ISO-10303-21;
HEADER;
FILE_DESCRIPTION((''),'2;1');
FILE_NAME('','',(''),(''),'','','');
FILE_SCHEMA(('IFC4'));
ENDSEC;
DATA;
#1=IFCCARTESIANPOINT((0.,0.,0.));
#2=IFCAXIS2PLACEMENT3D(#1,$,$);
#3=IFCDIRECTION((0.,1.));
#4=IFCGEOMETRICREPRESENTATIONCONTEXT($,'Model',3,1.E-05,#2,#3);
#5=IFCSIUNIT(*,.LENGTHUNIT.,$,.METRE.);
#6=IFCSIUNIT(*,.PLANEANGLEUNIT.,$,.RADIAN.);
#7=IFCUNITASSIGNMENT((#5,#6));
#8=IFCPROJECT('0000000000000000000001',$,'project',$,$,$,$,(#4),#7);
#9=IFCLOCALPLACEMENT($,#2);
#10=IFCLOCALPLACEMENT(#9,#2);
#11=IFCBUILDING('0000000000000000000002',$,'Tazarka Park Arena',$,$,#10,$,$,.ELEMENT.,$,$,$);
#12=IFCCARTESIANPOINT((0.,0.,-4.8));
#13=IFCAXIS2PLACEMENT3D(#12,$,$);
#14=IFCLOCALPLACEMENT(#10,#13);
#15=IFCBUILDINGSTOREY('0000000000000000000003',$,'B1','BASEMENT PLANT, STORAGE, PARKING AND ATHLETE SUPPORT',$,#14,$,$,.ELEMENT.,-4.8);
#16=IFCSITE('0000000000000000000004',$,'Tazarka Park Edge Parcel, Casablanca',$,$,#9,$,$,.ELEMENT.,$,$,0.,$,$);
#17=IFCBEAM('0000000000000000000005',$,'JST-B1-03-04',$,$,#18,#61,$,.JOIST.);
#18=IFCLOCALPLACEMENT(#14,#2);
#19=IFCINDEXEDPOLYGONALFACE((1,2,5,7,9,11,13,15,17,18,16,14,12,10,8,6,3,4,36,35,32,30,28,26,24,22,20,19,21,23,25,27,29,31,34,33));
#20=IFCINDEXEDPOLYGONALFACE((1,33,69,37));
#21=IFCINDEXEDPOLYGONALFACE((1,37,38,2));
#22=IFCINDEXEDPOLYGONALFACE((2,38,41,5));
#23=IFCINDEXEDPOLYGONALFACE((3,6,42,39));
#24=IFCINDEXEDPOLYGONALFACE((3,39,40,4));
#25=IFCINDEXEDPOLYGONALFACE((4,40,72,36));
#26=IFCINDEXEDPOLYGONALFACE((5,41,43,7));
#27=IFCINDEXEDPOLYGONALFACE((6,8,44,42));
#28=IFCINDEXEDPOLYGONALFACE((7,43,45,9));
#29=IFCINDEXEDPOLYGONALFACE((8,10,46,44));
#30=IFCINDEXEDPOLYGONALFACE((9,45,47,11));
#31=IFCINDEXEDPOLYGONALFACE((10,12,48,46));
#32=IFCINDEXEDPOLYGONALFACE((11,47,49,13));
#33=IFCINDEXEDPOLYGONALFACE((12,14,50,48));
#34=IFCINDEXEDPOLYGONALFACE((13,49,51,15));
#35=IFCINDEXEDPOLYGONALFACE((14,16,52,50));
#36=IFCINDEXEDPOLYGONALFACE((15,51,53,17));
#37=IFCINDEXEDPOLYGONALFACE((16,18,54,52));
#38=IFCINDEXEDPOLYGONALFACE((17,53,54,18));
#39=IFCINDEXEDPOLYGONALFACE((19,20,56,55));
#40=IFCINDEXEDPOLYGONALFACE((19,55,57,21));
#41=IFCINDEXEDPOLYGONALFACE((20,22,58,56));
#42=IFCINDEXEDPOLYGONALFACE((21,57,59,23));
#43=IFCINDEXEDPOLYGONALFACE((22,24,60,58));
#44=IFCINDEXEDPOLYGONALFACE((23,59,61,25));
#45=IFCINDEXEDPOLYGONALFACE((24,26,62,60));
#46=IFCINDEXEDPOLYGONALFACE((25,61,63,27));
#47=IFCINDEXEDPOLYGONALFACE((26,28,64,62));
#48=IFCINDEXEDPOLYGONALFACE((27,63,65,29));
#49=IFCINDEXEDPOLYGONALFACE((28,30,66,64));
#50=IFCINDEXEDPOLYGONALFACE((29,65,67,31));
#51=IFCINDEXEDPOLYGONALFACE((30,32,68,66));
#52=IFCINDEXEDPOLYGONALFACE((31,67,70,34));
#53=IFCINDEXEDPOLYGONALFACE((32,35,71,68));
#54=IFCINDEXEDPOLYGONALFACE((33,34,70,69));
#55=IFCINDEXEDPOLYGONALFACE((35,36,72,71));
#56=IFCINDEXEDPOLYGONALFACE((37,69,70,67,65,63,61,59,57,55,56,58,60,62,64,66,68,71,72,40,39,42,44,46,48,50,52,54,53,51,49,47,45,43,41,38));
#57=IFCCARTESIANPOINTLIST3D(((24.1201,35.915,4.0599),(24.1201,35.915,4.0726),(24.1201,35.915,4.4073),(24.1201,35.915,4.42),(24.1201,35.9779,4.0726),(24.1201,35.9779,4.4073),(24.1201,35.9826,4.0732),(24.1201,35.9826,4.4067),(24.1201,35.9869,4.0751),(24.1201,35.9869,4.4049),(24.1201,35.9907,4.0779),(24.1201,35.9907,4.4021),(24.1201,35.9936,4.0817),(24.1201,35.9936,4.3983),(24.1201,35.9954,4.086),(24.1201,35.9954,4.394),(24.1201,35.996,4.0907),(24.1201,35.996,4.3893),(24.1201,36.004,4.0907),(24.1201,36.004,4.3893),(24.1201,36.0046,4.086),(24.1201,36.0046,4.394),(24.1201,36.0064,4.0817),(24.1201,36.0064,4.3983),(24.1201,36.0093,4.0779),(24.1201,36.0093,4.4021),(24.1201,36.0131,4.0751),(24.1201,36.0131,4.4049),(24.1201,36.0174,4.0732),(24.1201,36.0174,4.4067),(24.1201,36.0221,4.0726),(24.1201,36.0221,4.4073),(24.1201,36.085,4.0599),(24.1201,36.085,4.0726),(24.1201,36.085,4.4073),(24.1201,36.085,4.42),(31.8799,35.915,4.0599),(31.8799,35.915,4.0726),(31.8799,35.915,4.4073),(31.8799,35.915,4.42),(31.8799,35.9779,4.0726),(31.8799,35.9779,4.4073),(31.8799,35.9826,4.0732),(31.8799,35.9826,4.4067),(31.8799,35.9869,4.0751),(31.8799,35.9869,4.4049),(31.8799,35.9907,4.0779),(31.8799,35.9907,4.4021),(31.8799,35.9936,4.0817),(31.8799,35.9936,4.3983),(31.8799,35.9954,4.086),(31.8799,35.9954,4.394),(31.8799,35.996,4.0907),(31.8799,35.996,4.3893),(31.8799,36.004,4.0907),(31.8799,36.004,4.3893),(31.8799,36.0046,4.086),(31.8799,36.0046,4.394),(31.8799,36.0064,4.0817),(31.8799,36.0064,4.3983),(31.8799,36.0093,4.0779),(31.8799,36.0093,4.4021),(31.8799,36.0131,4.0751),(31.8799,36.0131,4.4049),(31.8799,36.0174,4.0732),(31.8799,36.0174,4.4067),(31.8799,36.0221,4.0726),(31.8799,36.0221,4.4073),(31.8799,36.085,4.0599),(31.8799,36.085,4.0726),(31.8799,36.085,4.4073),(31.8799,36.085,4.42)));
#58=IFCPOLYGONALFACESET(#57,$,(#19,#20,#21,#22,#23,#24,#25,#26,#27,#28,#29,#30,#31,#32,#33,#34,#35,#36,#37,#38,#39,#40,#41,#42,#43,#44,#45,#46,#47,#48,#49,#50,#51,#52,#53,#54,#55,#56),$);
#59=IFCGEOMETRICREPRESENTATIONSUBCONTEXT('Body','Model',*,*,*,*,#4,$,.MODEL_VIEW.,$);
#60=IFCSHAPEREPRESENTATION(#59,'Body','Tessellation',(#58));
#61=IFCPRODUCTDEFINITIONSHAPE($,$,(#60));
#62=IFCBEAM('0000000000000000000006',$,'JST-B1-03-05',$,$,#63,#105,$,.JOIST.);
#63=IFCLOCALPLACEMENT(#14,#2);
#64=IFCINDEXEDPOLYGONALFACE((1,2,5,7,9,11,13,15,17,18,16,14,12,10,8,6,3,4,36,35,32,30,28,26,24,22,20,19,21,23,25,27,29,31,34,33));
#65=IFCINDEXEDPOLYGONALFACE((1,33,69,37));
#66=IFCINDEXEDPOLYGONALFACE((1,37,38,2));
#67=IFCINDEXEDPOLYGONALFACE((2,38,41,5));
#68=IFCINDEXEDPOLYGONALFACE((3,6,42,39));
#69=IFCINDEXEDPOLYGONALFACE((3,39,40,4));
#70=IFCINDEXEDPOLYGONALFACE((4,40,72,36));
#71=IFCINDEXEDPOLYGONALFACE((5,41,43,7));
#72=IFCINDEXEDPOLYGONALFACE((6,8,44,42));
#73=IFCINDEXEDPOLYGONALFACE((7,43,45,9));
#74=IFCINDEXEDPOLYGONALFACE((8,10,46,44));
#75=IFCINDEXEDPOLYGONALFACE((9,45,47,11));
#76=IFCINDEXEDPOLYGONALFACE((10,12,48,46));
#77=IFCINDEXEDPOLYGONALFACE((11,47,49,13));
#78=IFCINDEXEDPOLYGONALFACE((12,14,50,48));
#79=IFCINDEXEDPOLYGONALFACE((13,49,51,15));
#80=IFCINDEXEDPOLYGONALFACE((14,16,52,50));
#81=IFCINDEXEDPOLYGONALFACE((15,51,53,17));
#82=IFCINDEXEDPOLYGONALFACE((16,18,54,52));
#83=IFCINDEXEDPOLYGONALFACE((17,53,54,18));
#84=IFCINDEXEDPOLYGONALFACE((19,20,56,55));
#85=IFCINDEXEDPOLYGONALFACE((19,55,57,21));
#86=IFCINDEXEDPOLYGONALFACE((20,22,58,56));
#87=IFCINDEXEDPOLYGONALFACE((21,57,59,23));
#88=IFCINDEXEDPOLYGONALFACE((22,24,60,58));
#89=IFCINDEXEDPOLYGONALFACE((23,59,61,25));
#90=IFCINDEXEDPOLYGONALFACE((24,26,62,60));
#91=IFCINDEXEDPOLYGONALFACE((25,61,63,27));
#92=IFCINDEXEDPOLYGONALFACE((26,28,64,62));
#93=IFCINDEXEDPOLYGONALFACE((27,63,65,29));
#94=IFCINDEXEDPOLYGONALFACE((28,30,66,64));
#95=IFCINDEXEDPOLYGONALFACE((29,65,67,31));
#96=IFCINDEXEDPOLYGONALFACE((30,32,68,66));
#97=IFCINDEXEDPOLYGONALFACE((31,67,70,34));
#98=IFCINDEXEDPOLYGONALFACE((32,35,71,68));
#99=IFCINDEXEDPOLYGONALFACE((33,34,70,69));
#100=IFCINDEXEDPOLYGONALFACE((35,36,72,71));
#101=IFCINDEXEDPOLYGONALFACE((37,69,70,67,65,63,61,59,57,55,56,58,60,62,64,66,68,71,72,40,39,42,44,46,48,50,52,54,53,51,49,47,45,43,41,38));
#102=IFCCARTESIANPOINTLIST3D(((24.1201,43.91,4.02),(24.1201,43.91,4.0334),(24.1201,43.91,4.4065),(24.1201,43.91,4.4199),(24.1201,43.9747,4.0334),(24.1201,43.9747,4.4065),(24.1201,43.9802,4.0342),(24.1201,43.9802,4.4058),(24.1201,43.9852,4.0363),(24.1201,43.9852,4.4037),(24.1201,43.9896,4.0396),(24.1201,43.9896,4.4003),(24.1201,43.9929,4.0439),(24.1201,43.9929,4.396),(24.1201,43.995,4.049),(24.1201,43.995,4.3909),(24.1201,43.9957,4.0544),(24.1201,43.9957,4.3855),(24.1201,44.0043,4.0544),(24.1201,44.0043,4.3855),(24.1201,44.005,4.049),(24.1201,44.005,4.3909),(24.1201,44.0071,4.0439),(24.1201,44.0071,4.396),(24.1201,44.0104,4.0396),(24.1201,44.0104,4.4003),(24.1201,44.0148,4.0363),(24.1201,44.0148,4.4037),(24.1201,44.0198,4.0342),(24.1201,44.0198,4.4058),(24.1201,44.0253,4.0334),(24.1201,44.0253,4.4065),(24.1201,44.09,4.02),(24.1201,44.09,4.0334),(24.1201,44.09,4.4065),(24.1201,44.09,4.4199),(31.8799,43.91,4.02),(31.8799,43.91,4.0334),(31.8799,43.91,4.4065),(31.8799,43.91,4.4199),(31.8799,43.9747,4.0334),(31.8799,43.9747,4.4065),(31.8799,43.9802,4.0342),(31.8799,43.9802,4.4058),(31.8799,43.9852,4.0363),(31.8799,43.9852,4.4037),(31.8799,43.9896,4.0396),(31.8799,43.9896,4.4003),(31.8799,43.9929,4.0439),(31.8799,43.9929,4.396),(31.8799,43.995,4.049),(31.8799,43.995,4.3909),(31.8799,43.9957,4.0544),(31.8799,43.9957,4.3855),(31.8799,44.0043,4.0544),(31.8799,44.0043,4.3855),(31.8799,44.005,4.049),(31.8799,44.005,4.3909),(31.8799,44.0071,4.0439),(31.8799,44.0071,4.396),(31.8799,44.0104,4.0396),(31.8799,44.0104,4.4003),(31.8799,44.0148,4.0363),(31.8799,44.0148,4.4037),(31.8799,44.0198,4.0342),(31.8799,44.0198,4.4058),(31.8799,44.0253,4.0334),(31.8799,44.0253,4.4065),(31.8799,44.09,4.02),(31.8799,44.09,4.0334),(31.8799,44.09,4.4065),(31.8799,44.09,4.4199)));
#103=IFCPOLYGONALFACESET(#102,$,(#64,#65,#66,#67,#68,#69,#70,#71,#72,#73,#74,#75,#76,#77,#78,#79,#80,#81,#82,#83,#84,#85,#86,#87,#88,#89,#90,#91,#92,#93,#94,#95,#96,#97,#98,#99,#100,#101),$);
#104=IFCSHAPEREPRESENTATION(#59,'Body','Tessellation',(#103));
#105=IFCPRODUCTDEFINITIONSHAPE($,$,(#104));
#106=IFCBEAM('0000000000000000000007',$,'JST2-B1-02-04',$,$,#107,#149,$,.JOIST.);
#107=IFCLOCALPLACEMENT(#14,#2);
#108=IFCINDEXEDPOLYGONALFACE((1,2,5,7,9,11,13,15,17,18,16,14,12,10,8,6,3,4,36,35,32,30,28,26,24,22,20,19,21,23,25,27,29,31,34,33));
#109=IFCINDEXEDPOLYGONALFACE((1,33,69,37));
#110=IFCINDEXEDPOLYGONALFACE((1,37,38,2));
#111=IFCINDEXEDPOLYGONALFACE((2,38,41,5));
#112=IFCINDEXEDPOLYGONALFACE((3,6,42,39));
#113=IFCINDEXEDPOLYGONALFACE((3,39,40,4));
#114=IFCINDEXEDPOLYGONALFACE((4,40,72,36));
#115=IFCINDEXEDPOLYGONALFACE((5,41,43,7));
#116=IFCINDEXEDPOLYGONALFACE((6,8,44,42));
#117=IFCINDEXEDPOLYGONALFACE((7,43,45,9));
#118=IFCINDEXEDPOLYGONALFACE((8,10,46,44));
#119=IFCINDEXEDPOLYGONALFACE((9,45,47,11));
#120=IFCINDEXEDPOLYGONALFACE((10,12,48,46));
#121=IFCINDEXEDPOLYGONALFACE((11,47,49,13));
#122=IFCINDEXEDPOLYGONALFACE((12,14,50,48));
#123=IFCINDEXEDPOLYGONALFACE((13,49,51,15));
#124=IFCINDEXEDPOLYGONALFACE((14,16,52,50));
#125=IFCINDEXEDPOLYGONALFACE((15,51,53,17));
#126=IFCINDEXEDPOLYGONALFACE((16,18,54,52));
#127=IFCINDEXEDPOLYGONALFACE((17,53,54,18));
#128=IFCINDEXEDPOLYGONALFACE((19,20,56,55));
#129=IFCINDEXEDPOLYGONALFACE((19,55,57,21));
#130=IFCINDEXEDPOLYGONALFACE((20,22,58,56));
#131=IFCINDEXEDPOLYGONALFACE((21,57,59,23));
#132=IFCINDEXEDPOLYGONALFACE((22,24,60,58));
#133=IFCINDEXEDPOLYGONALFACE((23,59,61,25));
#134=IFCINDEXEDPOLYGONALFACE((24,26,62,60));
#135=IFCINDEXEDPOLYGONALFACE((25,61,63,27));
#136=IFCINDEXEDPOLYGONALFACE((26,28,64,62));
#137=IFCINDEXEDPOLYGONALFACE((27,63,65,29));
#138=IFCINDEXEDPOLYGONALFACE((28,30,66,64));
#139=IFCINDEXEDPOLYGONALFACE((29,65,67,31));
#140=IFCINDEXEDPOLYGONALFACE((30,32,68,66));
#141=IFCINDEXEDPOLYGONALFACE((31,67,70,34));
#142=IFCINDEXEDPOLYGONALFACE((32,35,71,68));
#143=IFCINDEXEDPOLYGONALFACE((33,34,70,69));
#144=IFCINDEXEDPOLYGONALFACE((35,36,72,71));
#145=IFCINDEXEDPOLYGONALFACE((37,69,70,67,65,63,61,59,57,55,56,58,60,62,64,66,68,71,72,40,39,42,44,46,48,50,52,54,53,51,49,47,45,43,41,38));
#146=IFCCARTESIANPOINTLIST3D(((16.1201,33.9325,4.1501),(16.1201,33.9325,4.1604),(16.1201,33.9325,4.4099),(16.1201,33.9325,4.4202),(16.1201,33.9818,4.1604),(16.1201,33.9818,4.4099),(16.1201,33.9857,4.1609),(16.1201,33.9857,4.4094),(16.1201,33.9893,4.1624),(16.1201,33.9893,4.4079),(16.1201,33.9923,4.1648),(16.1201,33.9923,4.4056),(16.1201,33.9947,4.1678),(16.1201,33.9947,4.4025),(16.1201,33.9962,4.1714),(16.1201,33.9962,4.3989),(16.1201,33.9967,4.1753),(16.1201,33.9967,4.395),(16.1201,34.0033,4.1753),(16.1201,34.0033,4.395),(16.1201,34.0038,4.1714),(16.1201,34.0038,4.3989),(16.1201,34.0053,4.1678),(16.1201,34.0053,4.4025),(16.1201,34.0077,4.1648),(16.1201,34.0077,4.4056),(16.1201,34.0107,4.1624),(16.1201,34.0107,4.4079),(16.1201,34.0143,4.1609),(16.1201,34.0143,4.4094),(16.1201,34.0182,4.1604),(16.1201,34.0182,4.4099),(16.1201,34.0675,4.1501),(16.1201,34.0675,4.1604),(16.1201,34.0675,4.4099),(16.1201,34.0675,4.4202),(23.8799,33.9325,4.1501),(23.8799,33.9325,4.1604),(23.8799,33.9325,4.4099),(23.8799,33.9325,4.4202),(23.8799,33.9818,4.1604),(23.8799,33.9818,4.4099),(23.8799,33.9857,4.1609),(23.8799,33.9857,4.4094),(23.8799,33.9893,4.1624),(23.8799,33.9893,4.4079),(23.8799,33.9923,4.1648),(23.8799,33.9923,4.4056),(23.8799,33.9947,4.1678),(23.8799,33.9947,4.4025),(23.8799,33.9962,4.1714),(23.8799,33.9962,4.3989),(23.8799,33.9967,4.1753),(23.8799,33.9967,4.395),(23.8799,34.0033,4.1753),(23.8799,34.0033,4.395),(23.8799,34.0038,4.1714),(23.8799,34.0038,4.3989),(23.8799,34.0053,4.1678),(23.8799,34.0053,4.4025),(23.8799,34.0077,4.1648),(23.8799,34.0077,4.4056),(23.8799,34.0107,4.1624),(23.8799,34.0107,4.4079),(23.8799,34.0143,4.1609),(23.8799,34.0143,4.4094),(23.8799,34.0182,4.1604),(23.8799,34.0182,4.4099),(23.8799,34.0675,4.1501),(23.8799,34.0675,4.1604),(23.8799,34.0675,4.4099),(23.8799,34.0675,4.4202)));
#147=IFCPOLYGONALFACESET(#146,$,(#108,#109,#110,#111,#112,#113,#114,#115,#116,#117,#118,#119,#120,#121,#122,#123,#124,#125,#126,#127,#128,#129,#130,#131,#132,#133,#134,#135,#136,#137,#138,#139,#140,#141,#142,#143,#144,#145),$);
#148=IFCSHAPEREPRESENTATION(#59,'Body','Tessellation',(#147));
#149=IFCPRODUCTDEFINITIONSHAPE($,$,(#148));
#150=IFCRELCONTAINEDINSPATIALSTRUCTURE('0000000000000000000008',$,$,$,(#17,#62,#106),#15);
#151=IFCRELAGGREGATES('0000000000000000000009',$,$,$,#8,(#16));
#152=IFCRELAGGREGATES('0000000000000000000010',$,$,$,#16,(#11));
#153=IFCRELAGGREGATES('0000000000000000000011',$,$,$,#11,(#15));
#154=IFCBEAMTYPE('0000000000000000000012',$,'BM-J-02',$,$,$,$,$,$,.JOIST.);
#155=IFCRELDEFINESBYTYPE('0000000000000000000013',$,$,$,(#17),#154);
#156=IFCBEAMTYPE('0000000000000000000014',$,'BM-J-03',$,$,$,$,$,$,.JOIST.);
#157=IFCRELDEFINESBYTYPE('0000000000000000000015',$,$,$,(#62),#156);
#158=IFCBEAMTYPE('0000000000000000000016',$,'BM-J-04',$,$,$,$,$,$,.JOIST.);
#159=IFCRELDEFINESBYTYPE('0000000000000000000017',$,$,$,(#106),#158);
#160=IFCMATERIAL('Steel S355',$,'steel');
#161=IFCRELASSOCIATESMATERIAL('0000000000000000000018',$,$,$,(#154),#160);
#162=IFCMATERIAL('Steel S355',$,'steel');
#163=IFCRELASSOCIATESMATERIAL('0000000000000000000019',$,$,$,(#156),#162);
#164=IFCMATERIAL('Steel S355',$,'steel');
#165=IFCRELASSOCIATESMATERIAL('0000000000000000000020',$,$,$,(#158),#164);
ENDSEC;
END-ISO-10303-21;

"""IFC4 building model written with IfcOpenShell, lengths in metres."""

from ifc_helpers import new_model, si_unit, direction, frame, origin, origin_2d, place, context, subcontext, project, spatial, i_section, extrude, material, material_profile, profile_set, type_object, element, save


model = new_model("IFC4")

# Units and contexts
model_context = context("Model", 3, precision=1e-05, world=origin(), true_north=direction((0.0, 1.0)))
body_context = subcontext(model_context, "Body", "Model", "MODEL_VIEW")
ifc_project = project(units=[si_unit("LENGTHUNIT", "METRE"), si_unit("PLANEANGLEUNIT", "RADIAN")], contexts=[model_context])

# Site, building, storey
site_placement = place(None, origin())
site = spatial("IfcSite", under=ifc_project, at=site_placement, Name="Tazarka Park Edge Parcel, Casablanca", CompositionType="ELEMENT", RefElevation=0.0)
building_placement = place(site_placement, origin())
building = spatial("IfcBuilding", under=site, at=building_placement, Name="Tazarka Park Arena", CompositionType="ELEMENT")
storey_placement = place(building_placement, frame((0.0, 0.0, -4.8)))
storey = spatial("IfcBuildingStorey", under=building, at=storey_placement, Name="B1", Description="BASEMENT PLANT, STORAGE, PARKING AND ATHLETE SUPPORT", CompositionType="ELEMENT", Elevation=-4.8)

# Beams
ifc_material_1 = material(Name="Steel S355", Category="steel")
ifc_material_profile_1 = material_profile(ifc_material_1, i_section(OverallWidth=0.1699, OverallDepth=0.3601, WebThickness=0.0081, FlangeThickness=0.0127, FilletRadius=0.0181, at=origin_2d()), Name="Steel S355")
ifc_profile_set_1 = profile_set([ifc_material_profile_1], Name="Steel S355")
beam_type_1 = type_object("IfcBeamType", Name="BM-J-02", PredefinedType="JOIST", material=ifc_profile_set_1)
for number, where, z_axis, x_axis, name in (
    (1, (24.1201, 36.0, 4.24), (1.0, 0.0, 0.0), (0.0, 1.0, 0.0), "JST-B1-03-04"),
):
    element("IfcBeam", number, at=place(storey_placement, frame(where, z_axis=z_axis, x_axis=x_axis)), inside=storey, type_object=beam_type_1, Name=name, PredefinedType="JOIST", context=body_context, shape_type="SweptSolid", body=[
        extrude(i_section(OverallWidth=0.1699, OverallDepth=0.3601, WebThickness=0.0081, FlangeThickness=0.0127, FilletRadius=0.0181, at=origin_2d()), origin(), (0.0, 0.0, 1.0), 7.7598),
    ])
ifc_material_2 = material(Name="Steel S355", Category="steel")
ifc_material_profile_2 = material_profile(ifc_material_2, i_section(OverallWidth=0.1799, OverallDepth=0.3999, WebThickness=0.0085, FlangeThickness=0.0134, FilletRadius=0.021, at=origin_2d()), Name="Steel S355")
ifc_profile_set_2 = profile_set([ifc_material_profile_2], Name="Steel S355")
beam_type_2 = type_object("IfcBeamType", Name="BM-J-03", PredefinedType="JOIST", material=ifc_profile_set_2)
beam_1_placement = place(storey_placement, frame((24.1201, 44.0, 4.22), z_axis=(1.0, 0.0, 0.0), x_axis=(0.0, 1.0, 0.0)))
element("IfcBeam", 2, at=beam_1_placement, inside=storey, type_object=beam_type_2, Name="JST-B1-03-05", PredefinedType="JOIST", context=body_context, shape_type="SweptSolid", body=[
    extrude(i_section(OverallWidth=0.1799, OverallDepth=0.3999, WebThickness=0.0085, FlangeThickness=0.0134, FilletRadius=0.021, at=origin_2d()), origin(), (0.0, 0.0, 1.0), 7.7598),
])
ifc_material_3 = material(Name="Steel S355", Category="steel")
ifc_material_profile_3 = material_profile(ifc_material_3, i_section(OverallWidth=0.135, OverallDepth=0.27, WebThickness=0.0066, FlangeThickness=0.0103, FilletRadius=0.0149, at=origin_2d()), Name="Steel S355")
ifc_profile_set_3 = profile_set([ifc_material_profile_3], Name="Steel S355")
beam_type_3 = type_object("IfcBeamType", Name="BM-J-04", PredefinedType="JOIST", material=ifc_profile_set_3)
beam_2_placement = place(storey_placement, frame((16.1201, 34.0, 4.2852), z_axis=(1.0, 0.0, 0.0), x_axis=(0.0, 1.0, 0.0)))
element("IfcBeam", 3, at=beam_2_placement, inside=storey, type_object=beam_type_3, Name="JST2-B1-02-04", PredefinedType="JOIST", context=body_context, shape_type="SweptSolid", body=[
    extrude(i_section(OverallWidth=0.135, OverallDepth=0.27, WebThickness=0.0066, FlangeThickness=0.0103, FilletRadius=0.0149, at=origin_2d()), origin(), (0.0, 0.0, 1.0), 7.7598),
])

save(model, "model.ifc")
